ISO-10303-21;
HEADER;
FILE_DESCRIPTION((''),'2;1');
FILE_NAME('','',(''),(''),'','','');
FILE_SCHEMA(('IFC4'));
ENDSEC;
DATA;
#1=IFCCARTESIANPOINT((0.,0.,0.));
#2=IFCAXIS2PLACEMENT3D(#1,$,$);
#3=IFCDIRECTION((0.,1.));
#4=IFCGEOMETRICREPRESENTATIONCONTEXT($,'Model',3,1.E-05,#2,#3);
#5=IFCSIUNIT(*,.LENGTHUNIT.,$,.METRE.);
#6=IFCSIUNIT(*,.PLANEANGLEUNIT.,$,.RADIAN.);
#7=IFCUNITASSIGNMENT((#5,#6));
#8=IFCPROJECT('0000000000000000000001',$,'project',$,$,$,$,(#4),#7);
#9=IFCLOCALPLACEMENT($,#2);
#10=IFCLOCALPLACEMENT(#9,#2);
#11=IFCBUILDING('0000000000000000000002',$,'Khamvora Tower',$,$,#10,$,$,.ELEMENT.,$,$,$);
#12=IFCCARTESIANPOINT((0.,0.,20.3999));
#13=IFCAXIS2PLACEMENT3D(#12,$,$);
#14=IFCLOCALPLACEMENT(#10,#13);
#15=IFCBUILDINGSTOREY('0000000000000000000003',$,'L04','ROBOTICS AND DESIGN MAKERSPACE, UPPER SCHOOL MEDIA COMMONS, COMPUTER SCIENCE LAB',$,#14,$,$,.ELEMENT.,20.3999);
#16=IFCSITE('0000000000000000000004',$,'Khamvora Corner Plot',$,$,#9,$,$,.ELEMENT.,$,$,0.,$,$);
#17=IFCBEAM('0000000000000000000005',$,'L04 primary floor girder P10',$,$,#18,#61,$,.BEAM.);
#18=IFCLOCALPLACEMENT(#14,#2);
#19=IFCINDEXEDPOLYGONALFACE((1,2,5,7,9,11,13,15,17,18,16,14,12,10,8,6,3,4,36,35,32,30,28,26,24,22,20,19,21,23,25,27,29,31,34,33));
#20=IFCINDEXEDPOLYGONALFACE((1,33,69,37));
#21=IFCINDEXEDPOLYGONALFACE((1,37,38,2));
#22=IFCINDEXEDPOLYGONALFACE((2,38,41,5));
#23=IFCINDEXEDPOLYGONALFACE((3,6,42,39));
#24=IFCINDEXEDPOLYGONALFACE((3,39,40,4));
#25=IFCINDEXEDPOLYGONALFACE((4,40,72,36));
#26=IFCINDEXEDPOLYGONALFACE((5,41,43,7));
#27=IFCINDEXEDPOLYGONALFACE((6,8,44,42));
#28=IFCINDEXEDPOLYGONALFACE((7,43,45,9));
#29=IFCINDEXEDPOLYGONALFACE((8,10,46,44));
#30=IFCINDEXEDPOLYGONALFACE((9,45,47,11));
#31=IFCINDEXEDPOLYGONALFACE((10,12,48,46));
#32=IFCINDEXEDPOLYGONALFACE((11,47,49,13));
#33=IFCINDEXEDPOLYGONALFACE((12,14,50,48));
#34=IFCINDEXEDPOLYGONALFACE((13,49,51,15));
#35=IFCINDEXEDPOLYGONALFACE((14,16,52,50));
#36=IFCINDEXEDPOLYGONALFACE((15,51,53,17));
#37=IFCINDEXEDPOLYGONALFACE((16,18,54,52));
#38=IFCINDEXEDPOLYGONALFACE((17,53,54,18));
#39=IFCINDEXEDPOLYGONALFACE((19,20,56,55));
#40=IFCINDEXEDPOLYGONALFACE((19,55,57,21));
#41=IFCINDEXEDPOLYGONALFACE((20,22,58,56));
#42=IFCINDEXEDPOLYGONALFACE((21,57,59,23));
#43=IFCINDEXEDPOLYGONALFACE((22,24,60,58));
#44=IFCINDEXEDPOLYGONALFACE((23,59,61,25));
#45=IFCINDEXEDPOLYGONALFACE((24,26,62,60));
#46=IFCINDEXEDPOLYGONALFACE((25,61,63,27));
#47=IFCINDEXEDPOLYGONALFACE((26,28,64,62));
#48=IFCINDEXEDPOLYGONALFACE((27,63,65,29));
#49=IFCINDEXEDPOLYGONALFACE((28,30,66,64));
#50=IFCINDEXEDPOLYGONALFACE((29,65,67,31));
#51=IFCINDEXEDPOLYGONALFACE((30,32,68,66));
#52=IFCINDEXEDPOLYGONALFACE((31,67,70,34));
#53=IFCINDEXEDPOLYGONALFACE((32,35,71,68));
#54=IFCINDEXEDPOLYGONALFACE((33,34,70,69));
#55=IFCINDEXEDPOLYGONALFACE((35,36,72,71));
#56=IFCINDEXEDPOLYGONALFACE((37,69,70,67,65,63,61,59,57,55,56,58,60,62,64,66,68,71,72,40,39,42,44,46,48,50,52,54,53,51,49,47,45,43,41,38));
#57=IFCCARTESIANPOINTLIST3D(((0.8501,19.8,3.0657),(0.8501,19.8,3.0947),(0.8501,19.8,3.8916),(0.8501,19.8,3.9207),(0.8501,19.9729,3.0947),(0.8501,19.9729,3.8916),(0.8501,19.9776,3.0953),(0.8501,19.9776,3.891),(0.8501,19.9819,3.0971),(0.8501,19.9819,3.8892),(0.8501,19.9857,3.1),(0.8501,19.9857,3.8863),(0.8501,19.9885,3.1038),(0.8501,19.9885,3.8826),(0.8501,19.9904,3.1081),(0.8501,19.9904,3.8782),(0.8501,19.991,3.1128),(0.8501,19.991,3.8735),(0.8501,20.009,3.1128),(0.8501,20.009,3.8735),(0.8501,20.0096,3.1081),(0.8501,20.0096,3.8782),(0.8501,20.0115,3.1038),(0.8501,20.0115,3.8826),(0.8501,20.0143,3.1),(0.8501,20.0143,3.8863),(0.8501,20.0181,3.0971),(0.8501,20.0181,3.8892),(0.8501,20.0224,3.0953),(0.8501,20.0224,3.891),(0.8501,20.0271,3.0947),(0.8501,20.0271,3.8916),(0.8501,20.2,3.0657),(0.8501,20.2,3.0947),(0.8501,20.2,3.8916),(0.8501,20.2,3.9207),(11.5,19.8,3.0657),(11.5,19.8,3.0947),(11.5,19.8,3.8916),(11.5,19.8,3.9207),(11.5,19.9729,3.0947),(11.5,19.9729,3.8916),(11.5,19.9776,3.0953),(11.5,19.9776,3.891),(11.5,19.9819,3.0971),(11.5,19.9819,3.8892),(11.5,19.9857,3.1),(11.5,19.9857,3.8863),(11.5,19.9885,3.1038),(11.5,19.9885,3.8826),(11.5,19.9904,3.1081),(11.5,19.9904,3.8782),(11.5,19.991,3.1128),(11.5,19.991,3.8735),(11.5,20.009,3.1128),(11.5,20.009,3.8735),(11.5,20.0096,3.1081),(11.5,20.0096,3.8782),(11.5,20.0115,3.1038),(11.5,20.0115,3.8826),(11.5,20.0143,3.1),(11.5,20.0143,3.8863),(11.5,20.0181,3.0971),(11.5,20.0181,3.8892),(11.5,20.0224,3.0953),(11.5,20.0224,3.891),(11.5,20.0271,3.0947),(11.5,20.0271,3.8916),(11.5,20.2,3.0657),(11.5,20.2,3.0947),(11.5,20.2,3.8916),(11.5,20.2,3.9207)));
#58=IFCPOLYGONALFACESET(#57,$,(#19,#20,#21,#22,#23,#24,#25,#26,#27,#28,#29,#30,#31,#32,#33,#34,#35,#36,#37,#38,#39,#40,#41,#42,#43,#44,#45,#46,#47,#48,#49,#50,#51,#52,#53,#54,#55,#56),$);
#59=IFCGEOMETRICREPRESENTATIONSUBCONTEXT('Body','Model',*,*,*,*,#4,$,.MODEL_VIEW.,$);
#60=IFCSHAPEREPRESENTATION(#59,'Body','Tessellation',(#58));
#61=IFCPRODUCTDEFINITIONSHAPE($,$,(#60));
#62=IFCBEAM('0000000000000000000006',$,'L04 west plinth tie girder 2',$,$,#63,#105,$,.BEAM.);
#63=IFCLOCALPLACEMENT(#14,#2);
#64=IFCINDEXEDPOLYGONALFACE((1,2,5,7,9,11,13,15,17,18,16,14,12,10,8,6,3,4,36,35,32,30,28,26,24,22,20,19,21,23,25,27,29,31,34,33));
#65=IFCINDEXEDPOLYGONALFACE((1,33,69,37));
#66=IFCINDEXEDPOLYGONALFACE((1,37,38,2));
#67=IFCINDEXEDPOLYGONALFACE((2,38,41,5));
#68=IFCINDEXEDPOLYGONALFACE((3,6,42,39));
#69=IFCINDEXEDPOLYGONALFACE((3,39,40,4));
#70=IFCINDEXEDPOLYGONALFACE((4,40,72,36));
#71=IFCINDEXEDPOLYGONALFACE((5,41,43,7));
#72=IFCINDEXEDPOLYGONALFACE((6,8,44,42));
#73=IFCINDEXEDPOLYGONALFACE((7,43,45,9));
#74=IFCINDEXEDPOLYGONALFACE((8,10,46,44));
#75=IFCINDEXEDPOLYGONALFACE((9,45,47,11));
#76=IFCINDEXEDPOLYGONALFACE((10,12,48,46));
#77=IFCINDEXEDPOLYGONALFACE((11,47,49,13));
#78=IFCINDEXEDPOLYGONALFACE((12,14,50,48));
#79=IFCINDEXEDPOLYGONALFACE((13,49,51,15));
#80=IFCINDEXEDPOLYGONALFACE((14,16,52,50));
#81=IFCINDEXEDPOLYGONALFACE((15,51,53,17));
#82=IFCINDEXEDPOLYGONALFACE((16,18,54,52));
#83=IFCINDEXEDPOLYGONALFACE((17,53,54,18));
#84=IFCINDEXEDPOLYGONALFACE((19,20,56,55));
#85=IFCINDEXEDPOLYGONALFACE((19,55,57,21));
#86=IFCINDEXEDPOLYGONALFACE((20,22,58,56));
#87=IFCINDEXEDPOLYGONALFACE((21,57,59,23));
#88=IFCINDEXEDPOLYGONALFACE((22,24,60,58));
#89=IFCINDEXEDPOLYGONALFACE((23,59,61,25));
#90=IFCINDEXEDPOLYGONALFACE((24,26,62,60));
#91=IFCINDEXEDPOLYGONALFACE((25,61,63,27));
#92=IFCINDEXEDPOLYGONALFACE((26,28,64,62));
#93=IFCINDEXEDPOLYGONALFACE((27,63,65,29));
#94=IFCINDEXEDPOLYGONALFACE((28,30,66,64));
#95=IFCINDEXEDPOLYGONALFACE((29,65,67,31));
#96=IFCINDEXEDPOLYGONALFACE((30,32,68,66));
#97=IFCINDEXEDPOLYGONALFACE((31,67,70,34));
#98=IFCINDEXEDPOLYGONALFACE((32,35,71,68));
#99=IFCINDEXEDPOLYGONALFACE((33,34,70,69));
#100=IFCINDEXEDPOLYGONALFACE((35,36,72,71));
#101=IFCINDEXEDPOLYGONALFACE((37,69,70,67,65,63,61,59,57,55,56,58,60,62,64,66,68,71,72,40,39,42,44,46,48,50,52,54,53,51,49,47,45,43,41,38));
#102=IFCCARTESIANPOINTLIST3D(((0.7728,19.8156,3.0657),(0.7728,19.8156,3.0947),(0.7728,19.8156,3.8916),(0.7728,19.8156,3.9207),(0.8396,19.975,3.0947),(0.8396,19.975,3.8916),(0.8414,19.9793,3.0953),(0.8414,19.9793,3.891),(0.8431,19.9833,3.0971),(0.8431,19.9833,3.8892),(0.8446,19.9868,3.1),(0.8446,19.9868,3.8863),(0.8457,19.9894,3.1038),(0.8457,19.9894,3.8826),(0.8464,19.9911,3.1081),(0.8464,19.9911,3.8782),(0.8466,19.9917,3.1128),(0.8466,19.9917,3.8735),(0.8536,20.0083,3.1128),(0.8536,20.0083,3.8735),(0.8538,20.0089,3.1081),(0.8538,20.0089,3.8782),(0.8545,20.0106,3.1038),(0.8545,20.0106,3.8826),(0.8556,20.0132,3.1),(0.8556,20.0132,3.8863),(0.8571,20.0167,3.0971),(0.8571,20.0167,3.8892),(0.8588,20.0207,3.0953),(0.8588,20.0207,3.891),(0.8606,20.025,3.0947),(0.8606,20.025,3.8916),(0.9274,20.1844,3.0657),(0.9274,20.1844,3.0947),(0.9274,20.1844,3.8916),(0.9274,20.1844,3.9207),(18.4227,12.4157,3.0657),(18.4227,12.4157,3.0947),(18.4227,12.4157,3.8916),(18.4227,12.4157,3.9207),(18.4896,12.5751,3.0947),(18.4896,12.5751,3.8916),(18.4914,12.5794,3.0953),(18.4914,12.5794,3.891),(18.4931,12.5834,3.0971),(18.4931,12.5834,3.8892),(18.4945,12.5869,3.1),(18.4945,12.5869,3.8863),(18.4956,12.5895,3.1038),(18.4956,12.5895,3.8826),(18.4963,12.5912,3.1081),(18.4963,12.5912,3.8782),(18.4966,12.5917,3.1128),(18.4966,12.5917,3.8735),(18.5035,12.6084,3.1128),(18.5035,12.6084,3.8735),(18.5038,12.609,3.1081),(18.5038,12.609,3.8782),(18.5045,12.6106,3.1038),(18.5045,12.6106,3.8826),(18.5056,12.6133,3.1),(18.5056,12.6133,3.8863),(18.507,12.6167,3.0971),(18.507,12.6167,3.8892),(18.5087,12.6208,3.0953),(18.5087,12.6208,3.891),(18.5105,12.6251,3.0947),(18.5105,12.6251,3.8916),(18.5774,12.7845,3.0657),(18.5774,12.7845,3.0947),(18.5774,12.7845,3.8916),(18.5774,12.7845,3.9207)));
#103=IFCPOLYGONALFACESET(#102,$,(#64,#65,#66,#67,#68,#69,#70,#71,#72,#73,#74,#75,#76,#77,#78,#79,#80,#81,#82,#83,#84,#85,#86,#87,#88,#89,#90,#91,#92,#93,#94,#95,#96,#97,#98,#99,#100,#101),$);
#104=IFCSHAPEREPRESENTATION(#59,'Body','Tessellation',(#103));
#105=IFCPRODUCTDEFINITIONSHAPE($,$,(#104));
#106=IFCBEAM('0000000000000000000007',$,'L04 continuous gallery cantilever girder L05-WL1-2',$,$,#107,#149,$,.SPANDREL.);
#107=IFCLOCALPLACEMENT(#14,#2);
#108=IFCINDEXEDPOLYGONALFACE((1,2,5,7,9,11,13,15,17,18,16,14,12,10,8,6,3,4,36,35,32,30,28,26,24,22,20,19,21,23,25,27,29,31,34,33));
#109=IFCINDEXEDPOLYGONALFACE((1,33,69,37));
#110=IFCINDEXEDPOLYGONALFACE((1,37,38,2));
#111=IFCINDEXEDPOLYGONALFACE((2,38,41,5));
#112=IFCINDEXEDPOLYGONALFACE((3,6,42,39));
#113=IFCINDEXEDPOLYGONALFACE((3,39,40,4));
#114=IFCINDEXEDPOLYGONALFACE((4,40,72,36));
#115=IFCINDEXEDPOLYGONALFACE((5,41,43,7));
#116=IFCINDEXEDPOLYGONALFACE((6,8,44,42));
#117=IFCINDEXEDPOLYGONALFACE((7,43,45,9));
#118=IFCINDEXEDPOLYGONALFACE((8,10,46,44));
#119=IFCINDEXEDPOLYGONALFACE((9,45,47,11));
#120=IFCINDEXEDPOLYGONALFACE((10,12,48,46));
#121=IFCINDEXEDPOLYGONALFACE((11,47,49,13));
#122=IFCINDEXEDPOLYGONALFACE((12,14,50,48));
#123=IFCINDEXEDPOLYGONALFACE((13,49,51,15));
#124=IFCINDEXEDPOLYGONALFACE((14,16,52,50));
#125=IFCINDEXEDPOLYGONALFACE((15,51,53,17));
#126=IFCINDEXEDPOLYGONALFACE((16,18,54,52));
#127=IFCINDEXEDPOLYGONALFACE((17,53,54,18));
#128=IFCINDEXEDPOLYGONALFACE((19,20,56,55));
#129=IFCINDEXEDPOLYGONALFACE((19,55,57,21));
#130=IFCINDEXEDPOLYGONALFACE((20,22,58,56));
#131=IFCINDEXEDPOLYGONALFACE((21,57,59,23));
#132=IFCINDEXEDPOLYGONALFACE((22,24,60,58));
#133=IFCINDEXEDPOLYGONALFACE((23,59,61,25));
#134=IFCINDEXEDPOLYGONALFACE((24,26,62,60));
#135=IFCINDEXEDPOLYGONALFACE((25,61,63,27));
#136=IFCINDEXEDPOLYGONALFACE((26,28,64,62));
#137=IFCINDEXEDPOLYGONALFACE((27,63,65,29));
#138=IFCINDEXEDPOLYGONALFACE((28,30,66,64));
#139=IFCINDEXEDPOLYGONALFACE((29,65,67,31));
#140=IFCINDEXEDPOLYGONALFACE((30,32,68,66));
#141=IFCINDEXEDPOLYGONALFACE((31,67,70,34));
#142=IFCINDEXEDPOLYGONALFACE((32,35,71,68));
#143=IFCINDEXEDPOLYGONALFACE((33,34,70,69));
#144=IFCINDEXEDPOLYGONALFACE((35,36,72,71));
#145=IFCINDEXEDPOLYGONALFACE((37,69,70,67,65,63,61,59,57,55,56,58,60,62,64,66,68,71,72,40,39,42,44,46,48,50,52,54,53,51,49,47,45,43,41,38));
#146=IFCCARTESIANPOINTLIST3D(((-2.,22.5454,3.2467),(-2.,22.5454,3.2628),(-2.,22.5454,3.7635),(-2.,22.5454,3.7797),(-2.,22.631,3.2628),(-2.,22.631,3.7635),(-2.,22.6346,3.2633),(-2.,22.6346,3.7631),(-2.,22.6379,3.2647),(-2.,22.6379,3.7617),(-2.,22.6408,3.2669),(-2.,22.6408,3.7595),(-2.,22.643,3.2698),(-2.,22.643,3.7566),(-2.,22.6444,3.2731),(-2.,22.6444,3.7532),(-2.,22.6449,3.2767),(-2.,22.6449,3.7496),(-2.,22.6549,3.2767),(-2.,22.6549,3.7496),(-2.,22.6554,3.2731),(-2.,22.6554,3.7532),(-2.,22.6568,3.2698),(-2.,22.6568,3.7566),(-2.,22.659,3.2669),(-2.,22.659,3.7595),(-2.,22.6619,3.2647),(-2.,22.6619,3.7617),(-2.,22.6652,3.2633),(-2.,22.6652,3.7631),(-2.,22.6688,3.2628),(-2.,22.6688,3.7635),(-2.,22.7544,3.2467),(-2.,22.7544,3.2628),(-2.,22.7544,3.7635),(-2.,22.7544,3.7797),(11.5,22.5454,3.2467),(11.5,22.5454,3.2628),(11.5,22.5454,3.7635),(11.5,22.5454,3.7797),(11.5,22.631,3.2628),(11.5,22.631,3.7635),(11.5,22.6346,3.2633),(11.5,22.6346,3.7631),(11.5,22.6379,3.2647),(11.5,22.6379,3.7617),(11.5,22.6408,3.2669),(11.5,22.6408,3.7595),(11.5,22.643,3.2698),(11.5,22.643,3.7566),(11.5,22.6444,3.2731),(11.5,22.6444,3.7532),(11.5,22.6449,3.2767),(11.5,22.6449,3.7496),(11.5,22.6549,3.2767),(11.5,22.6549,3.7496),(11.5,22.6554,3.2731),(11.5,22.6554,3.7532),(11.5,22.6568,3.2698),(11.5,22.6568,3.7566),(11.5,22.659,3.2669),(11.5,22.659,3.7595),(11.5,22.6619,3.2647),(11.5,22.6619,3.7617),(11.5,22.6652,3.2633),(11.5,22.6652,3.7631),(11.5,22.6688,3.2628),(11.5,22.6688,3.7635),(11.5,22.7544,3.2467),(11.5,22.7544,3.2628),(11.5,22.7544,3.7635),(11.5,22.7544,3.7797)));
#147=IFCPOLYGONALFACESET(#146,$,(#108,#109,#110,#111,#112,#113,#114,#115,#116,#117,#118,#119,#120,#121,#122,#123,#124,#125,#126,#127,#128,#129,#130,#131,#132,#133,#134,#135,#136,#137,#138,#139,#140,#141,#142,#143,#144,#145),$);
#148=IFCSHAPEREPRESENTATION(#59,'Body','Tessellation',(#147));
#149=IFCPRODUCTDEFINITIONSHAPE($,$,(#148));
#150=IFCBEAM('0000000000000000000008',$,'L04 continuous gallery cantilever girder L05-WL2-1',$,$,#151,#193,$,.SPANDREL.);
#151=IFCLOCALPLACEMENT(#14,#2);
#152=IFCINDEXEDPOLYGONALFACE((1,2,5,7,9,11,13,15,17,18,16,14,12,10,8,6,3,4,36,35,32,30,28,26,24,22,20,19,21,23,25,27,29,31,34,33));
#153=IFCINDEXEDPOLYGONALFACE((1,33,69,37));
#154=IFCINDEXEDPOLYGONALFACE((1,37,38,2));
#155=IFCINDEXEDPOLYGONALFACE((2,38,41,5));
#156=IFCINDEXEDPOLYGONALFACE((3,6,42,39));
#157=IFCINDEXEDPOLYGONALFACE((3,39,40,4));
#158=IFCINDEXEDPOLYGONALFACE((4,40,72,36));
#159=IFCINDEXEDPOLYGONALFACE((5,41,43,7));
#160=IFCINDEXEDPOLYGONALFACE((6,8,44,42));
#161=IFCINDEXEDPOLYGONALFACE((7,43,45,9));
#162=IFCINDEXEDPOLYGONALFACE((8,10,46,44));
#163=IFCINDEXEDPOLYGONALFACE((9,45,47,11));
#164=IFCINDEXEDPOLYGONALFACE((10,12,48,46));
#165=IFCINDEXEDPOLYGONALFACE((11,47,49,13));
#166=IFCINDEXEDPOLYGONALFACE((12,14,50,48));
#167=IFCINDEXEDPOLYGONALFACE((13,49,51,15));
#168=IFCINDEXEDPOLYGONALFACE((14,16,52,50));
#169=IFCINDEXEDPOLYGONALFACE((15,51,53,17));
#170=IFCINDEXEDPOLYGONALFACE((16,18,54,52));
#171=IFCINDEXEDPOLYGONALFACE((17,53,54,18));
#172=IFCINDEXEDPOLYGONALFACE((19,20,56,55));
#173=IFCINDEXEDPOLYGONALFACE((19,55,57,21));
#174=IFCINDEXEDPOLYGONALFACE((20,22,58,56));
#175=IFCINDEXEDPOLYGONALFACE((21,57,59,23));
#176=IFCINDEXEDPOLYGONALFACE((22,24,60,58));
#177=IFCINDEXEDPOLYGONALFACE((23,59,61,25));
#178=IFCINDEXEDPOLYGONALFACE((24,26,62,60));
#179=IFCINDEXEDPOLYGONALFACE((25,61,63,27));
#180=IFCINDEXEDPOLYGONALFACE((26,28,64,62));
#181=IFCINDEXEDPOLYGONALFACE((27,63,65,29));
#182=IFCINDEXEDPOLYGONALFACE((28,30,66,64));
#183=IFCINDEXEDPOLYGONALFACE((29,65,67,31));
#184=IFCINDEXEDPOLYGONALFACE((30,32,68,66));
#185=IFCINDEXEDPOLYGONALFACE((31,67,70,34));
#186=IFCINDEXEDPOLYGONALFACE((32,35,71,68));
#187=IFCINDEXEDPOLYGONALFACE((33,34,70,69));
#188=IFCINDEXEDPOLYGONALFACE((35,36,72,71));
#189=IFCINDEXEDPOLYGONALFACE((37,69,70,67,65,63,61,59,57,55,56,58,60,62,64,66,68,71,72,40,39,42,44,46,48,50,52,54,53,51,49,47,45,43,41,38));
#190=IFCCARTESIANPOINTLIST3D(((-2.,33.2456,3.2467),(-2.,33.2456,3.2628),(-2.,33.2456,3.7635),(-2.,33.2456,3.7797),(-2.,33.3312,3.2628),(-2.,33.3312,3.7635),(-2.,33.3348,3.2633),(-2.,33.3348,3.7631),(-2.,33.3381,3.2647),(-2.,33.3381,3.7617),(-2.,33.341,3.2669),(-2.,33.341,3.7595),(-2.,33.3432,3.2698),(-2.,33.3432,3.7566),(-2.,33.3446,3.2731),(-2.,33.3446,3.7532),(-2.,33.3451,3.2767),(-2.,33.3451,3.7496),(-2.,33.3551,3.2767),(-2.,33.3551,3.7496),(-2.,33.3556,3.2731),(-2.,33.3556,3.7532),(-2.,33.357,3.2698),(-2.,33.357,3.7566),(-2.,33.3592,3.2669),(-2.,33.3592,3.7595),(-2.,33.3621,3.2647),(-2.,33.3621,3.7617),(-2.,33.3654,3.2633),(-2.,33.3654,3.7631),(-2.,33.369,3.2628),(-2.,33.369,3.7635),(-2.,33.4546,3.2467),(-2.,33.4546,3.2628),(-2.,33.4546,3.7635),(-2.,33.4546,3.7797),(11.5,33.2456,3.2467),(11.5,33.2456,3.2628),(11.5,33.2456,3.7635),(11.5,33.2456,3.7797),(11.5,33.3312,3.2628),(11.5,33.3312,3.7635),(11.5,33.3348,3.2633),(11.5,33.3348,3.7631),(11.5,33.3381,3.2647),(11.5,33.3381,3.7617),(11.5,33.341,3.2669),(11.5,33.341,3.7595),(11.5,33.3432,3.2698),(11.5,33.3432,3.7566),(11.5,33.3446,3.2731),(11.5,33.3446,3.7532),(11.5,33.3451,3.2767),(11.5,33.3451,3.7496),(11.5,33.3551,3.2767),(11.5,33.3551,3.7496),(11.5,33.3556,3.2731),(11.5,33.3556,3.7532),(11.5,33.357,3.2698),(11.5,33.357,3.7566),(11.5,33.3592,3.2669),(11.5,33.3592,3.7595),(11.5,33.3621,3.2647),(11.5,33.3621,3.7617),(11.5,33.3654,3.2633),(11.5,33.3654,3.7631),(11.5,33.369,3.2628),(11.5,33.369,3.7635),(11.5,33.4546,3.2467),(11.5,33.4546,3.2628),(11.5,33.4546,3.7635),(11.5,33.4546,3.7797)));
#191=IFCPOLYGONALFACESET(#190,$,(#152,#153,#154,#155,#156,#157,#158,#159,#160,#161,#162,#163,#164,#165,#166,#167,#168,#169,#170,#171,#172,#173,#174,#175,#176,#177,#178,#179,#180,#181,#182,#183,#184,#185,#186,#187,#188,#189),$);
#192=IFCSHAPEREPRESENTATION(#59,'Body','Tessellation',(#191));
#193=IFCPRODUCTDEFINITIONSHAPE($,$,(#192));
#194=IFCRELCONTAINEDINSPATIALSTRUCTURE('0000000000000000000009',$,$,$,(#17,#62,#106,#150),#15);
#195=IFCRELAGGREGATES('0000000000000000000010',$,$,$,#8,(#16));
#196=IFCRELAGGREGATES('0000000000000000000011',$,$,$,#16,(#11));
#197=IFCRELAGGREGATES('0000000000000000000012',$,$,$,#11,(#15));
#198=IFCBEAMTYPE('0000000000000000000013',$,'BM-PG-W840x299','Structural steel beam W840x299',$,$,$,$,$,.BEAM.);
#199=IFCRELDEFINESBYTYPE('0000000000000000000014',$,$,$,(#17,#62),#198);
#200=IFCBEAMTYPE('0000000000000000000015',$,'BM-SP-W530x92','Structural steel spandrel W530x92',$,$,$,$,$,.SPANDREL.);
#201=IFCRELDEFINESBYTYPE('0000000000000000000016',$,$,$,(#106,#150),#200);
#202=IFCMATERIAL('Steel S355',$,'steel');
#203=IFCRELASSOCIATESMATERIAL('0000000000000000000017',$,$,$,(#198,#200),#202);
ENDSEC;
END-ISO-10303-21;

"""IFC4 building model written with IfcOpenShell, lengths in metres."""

from ifc_helpers import new_model, si_unit, direction, frame, origin, origin_2d, place, context, subcontext, project, spatial, i_section, extrude, material, material_profile, profile_set, type_object, element, save


model = new_model("IFC4")

# Units and contexts
model_context = context("Model", 3, precision=1e-05, world=origin(), true_north=direction((0.0, 1.0)))
body_context = subcontext(model_context, "Body", "Model", "MODEL_VIEW")
ifc_project = project(units=[si_unit("LENGTHUNIT", "METRE"), si_unit("PLANEANGLEUNIT", "RADIAN")], contexts=[model_context])

# Site, building, storey
site_placement = place(None, origin())
site = spatial("IfcSite", under=ifc_project, at=site_placement, Name="Khamvora Corner Plot", CompositionType="ELEMENT", RefElevation=0.0)
building_placement = place(site_placement, origin())
building = spatial("IfcBuilding", under=site, at=building_placement, Name="Khamvora Tower", CompositionType="ELEMENT")
storey_placement = place(building_placement, frame((0.0, 0.0, 20.3999)))
storey = spatial("IfcBuildingStorey", under=building, at=storey_placement, Name="L04", Description="ROBOTICS AND DESIGN MAKERSPACE, UPPER SCHOOL MEDIA COMMONS, COMPUTER SCIENCE LAB", CompositionType="ELEMENT", Elevation=20.3999)

# Beams
ifc_material_1 = material(Name="Steel S355", Category="steel")
ifc_material_profile_1 = material_profile(ifc_material_1, i_section(OverallWidth=0.3999, OverallDepth=0.855, WebThickness=0.0181, FlangeThickness=0.0291, FilletRadius=0.0181, at=origin_2d()), Name="W840x299")
ifc_profile_set_1 = profile_set([ifc_material_profile_1], Name="Steel S355")
beam_type_1 = type_object("IfcBeamType", Name="BM-PG-W840x299", Description="Structural steel beam W840x299", PredefinedType="BEAM", material=ifc_profile_set_1)
beam_1_placement = place(storey_placement, frame((11.5, 20.0, 3.4932), z_axis=(-1.0, 0.0, 0.0), x_axis=(0.0, -1.0, 0.0)))
element("IfcBeam", 1, at=beam_1_placement, inside=storey, type_object=beam_type_1, Name="L04 primary floor girder P10", PredefinedType="BEAM", context=body_context, shape_type="SweptSolid", body=[
    extrude(i_section(OverallWidth=0.3999, OverallDepth=0.855, WebThickness=0.0181, FlangeThickness=0.0291, FilletRadius=0.0181, at=origin_2d()), origin(), (0.0, 0.0, 1.0), 10.6499),
])
beam_2_placement = place(storey_placement, frame((0.8501, 20.0, 3.4932), z_axis=(0.922225, -0.386652, 0.0), x_axis=(0.386652, 0.922225, 0.0)))
element("IfcBeam", 2, at=beam_2_placement, inside=storey, type_object=beam_type_1, Name="L04 west plinth tie girder 2", PredefinedType="BEAM", context=body_context, shape_type="SweptSolid", body=[
    extrude(i_section(OverallWidth=0.3999, OverallDepth=0.855, WebThickness=0.0181, FlangeThickness=0.0291, FilletRadius=0.0181, at=origin_2d()), origin(), (0.0, 0.0, 1.0), 19.1384),
])
ifc_material_profile_2 = material_profile(ifc_material_1, i_section(OverallWidth=0.209, OverallDepth=0.533, WebThickness=0.01, FlangeThickness=0.0161, FilletRadius=0.0139, at=origin_2d()), Name="W530x92")
ifc_profile_set_2 = profile_set([ifc_material_profile_2], Name="Steel S355")
beam_type_2 = type_object("IfcBeamType", Name="BM-SP-W530x92", Description="Structural steel spandrel W530x92", PredefinedType="SPANDREL", material=ifc_profile_set_2)
for number, where, z_axis, x_axis, name in (
    (3, (11.5, 22.6499, 3.5132), (-1.0, 0.0, 0.0), (0.0, -1.0, 0.0), "L04 continuous gallery cantilever girder L05-WL1-2"),
    (4, (11.5, 33.3501, 3.5132), (-1.0, 0.0, 0.0), (0.0, -1.0, 0.0), "L04 continuous gallery cantilever girder L05-WL2-1"),
):
    element("IfcBeam", number, at=place(storey_placement, frame(where, z_axis=z_axis, x_axis=x_axis)), inside=storey, type_object=beam_type_2, Name=name, PredefinedType="SPANDREL", context=body_context, shape_type="SweptSolid", body=[
        extrude(i_section(OverallWidth=0.209, OverallDepth=0.533, WebThickness=0.01, FlangeThickness=0.0161, FilletRadius=0.0139, at=origin_2d()), origin(), (0.0, 0.0, 1.0), 13.5),
    ])

save(model, "model.ifc")
